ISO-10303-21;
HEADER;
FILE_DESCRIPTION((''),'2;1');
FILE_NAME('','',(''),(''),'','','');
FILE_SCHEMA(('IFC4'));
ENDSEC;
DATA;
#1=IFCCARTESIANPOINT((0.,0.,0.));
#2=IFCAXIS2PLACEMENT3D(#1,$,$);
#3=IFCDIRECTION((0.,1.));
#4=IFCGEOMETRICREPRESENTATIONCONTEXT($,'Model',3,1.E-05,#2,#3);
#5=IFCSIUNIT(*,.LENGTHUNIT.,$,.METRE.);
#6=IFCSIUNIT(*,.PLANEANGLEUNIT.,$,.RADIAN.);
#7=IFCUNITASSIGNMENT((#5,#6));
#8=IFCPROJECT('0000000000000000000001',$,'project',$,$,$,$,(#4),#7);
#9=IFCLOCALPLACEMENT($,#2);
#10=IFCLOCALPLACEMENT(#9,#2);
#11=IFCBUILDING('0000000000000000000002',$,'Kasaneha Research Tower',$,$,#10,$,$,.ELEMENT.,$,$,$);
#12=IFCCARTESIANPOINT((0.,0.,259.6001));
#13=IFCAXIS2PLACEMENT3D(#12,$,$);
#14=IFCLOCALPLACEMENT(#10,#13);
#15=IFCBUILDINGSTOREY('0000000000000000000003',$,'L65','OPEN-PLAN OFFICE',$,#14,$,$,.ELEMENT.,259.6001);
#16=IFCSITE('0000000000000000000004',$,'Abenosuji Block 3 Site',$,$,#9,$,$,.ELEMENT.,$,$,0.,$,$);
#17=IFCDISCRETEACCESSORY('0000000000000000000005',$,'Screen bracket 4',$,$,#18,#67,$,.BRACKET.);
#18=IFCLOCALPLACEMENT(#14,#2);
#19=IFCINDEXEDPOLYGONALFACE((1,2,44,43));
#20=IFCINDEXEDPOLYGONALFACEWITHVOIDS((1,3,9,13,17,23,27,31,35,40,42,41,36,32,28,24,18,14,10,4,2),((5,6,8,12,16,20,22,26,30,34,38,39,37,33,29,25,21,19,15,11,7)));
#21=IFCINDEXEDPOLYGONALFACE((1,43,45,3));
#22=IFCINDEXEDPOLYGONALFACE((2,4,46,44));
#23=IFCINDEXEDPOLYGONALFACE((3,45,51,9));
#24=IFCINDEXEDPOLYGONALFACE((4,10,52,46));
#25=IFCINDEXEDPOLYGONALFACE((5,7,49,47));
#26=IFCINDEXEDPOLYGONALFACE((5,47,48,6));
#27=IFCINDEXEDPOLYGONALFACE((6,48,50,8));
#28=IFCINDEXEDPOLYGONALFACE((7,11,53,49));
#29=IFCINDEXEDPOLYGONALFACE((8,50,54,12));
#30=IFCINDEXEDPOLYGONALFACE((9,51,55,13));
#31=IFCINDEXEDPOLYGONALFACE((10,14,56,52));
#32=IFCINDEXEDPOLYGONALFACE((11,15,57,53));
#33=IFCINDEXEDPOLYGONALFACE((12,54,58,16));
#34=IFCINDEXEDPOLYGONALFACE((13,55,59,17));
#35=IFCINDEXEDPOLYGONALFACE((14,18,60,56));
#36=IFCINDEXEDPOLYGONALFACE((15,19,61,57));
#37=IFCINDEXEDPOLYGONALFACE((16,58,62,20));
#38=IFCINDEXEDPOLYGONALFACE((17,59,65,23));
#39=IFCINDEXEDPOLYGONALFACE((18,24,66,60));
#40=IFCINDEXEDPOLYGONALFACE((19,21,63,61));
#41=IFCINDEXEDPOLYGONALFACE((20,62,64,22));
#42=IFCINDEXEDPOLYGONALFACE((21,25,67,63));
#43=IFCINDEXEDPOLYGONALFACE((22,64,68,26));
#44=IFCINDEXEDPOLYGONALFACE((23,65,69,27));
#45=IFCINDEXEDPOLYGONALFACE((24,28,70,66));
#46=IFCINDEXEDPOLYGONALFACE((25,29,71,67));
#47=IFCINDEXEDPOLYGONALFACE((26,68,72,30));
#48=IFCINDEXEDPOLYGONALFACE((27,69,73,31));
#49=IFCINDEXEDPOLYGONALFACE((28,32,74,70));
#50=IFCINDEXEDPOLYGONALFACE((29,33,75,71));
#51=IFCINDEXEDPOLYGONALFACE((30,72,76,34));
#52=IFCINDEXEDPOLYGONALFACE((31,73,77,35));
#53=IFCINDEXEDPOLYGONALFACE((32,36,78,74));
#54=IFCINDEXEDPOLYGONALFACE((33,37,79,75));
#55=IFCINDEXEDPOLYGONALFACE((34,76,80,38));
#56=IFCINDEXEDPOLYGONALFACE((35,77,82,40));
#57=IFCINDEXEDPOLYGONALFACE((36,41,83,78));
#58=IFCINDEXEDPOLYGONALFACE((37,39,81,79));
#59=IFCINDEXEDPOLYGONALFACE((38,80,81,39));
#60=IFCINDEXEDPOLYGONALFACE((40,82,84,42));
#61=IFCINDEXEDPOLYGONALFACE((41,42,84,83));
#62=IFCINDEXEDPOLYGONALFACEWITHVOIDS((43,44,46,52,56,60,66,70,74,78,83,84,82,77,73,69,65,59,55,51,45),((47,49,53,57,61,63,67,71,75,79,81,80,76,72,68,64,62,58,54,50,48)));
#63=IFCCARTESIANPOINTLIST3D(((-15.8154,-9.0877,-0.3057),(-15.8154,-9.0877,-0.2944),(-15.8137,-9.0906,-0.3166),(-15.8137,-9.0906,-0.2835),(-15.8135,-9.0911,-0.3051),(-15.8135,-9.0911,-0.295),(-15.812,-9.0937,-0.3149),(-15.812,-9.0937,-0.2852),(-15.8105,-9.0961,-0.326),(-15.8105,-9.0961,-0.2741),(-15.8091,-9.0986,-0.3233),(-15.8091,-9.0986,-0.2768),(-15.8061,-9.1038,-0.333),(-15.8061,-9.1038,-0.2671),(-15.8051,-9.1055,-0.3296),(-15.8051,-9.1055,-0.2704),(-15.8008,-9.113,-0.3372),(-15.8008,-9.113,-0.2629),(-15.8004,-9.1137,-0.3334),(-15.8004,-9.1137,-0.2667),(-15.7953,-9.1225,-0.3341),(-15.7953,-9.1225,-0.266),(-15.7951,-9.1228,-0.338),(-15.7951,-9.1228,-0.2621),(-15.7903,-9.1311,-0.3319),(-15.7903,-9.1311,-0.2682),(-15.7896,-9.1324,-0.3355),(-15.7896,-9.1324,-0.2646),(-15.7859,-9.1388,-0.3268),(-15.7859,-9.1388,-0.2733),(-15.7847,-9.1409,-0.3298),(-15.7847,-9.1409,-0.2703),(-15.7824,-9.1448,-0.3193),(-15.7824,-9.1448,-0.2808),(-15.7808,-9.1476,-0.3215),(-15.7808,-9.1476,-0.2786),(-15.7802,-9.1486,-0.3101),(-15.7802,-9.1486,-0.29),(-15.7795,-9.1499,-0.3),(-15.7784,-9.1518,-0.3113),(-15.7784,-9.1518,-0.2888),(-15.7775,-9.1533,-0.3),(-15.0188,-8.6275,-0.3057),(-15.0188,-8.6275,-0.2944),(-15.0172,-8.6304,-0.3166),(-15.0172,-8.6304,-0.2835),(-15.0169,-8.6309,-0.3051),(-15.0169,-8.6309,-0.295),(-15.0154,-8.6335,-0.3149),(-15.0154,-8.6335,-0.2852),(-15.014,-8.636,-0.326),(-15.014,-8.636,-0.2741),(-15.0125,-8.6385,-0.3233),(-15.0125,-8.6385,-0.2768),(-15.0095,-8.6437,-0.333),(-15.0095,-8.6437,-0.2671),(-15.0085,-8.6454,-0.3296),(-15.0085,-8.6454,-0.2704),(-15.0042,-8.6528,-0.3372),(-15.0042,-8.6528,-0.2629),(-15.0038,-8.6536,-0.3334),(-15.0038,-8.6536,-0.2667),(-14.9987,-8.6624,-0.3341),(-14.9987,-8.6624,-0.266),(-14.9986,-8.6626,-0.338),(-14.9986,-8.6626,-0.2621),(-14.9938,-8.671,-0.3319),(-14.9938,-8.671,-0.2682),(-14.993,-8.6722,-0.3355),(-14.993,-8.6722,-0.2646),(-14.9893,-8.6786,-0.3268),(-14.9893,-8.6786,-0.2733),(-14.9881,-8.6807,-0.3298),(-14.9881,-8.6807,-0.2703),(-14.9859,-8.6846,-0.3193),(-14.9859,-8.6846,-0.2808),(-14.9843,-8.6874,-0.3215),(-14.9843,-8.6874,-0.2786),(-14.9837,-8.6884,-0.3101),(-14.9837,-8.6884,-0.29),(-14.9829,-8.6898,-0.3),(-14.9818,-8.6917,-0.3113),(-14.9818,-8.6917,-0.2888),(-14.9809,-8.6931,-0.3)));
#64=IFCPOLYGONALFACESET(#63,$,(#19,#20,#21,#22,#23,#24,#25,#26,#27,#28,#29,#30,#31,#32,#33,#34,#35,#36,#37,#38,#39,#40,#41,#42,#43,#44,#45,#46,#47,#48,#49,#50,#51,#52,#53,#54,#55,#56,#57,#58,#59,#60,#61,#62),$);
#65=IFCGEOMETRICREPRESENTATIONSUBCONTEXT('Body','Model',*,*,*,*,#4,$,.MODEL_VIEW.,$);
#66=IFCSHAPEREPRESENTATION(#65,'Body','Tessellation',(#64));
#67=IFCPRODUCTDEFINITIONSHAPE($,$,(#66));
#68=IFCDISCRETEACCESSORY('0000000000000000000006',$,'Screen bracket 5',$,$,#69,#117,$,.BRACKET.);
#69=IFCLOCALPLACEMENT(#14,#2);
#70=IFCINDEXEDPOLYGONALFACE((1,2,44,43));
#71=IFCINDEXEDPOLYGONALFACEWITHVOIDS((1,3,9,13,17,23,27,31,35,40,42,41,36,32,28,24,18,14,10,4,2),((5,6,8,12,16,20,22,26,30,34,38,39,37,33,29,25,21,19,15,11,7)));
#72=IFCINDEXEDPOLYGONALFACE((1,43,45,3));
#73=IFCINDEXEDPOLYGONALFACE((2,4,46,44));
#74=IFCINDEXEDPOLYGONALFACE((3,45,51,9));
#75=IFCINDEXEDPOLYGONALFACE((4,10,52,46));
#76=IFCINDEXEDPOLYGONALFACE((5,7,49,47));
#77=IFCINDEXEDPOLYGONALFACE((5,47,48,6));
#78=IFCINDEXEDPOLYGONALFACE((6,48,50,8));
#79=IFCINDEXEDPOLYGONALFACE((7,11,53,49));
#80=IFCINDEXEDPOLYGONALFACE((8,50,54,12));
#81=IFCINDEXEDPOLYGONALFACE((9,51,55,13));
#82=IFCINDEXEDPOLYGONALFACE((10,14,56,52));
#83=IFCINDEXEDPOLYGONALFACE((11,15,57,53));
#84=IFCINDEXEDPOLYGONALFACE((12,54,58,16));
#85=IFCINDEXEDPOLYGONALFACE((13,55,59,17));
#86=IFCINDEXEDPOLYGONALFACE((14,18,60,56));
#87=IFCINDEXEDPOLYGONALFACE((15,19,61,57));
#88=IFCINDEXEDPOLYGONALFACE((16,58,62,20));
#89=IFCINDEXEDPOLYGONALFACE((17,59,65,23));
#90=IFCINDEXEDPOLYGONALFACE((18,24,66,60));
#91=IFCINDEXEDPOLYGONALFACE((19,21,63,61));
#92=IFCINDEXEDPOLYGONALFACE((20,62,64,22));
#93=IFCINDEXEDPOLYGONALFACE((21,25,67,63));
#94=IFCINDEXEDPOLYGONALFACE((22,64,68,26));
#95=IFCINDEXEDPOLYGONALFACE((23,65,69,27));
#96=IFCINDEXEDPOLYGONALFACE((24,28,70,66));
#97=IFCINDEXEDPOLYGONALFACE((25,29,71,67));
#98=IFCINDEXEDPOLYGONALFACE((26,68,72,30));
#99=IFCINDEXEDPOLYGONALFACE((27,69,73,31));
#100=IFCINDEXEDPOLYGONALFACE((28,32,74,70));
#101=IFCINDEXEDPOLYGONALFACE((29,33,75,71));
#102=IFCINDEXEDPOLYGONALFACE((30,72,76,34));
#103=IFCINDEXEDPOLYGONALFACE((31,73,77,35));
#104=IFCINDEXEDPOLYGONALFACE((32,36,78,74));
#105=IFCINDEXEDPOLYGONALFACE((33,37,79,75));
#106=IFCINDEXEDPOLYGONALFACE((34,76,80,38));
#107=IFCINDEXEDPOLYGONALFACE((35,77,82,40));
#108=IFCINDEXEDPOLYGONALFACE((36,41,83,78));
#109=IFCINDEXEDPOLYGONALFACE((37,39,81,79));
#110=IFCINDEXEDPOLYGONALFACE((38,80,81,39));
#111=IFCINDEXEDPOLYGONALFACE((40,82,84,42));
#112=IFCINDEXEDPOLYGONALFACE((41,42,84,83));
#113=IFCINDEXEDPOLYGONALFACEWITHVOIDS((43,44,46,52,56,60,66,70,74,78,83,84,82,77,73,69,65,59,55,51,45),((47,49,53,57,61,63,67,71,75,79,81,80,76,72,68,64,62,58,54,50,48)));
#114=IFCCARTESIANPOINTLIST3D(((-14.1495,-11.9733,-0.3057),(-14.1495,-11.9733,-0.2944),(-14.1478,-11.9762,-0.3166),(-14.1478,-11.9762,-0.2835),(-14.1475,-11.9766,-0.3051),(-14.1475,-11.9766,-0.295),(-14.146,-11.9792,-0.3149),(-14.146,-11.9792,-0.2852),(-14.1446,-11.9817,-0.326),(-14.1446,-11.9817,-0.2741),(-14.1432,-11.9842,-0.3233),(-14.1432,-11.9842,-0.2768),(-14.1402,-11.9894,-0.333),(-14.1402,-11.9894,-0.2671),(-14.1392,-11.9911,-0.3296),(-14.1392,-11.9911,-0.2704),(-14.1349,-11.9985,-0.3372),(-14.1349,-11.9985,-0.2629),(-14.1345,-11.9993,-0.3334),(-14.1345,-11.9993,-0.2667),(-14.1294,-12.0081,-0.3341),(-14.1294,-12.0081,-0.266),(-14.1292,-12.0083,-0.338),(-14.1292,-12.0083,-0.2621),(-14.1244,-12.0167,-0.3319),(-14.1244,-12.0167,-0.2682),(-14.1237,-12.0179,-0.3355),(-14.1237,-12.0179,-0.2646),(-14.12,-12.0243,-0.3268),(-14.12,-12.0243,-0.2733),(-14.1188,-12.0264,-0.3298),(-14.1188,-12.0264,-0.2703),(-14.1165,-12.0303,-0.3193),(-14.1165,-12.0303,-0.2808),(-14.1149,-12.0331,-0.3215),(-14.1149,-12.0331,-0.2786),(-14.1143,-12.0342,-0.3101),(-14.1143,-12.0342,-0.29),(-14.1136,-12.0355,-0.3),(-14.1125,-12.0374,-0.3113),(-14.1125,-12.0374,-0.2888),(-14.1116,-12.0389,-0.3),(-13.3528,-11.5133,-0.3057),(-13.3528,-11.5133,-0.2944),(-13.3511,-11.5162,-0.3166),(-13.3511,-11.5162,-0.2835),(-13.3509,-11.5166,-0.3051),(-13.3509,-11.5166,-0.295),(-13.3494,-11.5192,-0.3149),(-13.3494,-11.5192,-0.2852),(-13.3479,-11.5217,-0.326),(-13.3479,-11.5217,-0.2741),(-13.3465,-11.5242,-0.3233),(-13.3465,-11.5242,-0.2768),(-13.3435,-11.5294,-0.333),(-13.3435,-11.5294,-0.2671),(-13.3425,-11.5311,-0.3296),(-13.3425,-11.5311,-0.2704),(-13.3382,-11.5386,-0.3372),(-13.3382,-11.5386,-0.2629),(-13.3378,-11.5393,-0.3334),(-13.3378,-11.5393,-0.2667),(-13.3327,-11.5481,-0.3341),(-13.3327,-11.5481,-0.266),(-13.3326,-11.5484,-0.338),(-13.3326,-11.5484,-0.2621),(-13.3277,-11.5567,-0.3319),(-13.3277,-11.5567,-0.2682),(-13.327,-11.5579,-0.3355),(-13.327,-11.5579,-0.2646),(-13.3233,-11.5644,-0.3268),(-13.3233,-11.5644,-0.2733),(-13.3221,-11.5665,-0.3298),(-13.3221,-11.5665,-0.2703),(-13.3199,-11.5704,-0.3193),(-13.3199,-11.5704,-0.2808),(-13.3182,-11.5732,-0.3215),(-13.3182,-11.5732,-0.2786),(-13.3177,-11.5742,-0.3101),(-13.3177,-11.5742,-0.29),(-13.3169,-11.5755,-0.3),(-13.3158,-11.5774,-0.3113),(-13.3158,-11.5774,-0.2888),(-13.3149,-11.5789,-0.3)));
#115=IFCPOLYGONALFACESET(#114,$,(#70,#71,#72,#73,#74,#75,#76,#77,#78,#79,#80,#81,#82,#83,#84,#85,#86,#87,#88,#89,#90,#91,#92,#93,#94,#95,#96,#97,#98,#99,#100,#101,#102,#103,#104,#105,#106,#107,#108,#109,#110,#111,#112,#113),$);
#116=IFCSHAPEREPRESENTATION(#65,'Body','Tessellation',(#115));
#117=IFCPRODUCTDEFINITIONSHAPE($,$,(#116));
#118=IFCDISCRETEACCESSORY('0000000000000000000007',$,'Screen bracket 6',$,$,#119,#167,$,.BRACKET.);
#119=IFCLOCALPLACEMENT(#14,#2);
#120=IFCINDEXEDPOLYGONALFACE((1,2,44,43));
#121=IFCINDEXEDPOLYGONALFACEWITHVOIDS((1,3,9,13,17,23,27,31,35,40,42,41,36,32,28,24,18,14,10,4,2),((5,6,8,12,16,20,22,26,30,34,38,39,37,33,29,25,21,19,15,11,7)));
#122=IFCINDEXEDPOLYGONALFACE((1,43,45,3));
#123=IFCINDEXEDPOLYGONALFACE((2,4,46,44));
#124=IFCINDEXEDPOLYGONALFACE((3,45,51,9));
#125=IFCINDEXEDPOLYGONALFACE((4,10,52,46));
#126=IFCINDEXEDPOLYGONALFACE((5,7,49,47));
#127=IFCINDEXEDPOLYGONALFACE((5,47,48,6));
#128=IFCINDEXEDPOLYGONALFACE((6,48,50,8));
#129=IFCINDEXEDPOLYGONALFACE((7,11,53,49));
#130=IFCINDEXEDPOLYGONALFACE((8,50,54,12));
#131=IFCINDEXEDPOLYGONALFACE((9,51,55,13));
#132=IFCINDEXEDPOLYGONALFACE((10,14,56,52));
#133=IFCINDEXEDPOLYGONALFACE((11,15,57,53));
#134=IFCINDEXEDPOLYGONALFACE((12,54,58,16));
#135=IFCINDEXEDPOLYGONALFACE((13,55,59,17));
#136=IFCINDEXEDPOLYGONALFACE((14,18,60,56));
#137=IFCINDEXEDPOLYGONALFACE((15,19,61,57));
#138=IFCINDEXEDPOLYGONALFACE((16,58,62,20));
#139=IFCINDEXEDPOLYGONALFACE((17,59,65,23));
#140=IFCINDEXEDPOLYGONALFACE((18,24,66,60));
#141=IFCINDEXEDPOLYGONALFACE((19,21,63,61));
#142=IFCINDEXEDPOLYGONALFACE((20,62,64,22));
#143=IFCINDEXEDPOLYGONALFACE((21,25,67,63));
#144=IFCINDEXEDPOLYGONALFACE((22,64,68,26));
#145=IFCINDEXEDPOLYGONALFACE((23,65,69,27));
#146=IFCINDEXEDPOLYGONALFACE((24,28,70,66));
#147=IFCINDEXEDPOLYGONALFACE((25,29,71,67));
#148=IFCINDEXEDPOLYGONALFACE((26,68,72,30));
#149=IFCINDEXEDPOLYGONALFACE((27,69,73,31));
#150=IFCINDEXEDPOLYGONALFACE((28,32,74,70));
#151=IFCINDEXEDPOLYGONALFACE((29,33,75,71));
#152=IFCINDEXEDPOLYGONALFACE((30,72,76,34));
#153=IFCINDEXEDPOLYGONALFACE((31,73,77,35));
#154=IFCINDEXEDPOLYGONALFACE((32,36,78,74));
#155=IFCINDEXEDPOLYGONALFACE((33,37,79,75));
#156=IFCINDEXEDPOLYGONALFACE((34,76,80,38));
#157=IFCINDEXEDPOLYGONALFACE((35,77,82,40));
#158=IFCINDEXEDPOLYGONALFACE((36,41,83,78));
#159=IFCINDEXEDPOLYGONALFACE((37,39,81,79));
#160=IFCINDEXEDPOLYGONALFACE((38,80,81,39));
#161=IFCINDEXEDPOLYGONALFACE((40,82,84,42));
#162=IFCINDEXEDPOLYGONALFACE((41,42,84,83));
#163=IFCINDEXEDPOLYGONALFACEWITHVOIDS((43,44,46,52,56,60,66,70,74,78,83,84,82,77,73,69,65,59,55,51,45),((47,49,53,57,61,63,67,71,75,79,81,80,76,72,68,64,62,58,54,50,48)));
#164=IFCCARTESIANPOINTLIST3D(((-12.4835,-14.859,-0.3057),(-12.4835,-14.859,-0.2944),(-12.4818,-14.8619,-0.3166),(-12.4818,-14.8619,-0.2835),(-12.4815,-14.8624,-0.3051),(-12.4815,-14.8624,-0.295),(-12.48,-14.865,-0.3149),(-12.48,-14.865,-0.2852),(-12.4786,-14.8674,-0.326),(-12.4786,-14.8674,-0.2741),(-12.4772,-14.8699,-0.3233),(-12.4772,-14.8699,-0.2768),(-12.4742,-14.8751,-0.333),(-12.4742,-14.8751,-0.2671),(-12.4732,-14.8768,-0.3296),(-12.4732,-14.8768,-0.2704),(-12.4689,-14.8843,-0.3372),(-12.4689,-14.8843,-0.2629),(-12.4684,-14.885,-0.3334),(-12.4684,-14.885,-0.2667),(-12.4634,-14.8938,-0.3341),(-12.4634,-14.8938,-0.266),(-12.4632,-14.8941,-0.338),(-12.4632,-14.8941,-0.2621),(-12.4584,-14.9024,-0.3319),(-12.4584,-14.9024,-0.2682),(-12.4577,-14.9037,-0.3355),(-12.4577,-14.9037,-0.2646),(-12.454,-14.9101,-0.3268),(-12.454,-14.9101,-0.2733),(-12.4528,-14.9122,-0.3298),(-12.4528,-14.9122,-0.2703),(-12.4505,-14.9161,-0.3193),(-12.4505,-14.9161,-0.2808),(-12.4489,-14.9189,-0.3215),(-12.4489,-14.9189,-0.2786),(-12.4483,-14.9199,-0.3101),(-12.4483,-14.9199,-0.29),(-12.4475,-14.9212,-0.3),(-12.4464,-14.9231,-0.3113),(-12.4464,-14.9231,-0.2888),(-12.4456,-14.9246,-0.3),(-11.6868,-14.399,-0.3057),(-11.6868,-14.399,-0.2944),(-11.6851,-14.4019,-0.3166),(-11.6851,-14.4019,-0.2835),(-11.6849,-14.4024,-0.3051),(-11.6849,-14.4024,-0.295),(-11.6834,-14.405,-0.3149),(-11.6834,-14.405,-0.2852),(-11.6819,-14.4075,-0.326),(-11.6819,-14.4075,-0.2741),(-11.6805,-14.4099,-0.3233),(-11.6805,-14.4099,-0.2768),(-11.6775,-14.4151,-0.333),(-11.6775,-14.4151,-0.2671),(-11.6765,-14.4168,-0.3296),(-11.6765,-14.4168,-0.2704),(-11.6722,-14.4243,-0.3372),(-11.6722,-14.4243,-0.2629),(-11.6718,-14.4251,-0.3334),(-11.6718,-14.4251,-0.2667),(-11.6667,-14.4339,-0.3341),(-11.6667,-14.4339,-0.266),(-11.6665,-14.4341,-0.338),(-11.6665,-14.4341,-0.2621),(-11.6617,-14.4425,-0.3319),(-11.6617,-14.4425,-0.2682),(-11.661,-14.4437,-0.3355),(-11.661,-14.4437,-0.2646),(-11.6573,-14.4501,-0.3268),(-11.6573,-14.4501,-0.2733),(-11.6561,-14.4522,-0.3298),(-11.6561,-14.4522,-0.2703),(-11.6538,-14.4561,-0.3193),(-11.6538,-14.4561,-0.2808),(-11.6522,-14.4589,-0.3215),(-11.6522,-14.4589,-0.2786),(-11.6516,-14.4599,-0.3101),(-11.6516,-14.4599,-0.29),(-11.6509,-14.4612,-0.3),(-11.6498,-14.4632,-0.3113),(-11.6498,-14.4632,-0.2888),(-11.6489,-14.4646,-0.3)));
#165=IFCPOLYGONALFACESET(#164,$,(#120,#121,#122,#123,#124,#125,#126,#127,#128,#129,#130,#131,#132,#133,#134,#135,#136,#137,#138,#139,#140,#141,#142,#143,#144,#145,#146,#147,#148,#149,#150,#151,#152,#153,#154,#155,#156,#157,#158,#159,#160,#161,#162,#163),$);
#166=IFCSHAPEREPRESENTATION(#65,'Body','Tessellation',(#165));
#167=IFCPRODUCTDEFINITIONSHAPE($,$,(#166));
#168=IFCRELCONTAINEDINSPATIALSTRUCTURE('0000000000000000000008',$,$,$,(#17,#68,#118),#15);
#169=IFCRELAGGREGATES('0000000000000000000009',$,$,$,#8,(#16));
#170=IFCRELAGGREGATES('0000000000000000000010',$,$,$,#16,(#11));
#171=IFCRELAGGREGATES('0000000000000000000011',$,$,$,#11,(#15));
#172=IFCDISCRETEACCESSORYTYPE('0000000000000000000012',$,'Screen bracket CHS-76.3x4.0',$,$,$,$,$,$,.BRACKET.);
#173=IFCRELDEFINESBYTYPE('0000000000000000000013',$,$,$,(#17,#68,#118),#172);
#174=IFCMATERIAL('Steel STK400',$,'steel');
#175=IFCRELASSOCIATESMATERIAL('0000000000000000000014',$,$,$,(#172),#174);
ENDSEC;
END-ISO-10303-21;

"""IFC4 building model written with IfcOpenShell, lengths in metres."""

from ifc_helpers import new_model, si_unit, direction, frame, origin, origin_2d, place, context, subcontext, project, spatial, hollow_circle, extrude, material, material_profile, profile_set, type_object, element, save


model = new_model("IFC4")

# Units and contexts
model_context = context("Model", 3, precision=1e-05, world=origin(), true_north=direction((0.0, 1.0)))
body_context = subcontext(model_context, "Body", "Model", "MODEL_VIEW")
ifc_project = project(units=[si_unit("LENGTHUNIT", "METRE"), si_unit("PLANEANGLEUNIT", "RADIAN")], contexts=[model_context])

# Site, building, storey
site_placement = place(None, origin())
site = spatial("IfcSite", under=ifc_project, at=site_placement, Name="Abenosuji Block 3 Site", CompositionType="ELEMENT", RefElevation=0.0)
building_placement = place(site_placement, origin())
building = spatial("IfcBuilding", under=site, at=building_placement, Name="Kasaneha Research Tower", CompositionType="ELEMENT")
storey_placement = place(building_placement, frame((0.0, 0.0, 259.6001)))
storey = spatial("IfcBuildingStorey", under=building, at=storey_placement, Name="L65", Description="OPEN-PLAN OFFICE", CompositionType="ELEMENT", Elevation=259.6001)

# Discrete accessories
ifc_material_1 = material(Name="Steel STK400", Category="steel")
ifc_material_profile_1 = material_profile(ifc_material_1, hollow_circle(Radius=0.0381, WallThickness=0.0039, at=origin_2d()), Name="CHS-76.3x4.0")
ifc_profile_set_1 = profile_set([ifc_material_profile_1], Name="Steel STK400")
discrete_accessory_type = type_object("IfcDiscreteAccessoryType", Name="Screen bracket CHS-76.3x4.0", PredefinedType="BRACKET", material=ifc_profile_set_1)
for number, where, z_axis, x_axis, name in (
    (1, (-15.0, -8.6602, -0.3), (-0.865898, -0.50022, 0.0), (0.50022, -0.865898, 0.0), "Screen bracket 4"),
    (2, (-13.334, -11.5459, -0.3), (-0.866013, -0.500021, 0.0), (0.500021, -0.866013, 0.0), "Screen bracket 5"),
    (3, (-11.668, -14.4316, -0.3), (-0.866013, -0.500021, 0.0), (0.500021, -0.866013, 0.0), "Screen bracket 6"),
):
    element("IfcDiscreteAccessory", number, at=place(storey_placement, frame(where, z_axis=z_axis, x_axis=x_axis)), inside=storey, type_object=discrete_accessory_type, Name=name, PredefinedType="BRACKET", context=body_context, shape_type="SweptSolid", body=[
        extrude(hollow_circle(Radius=0.0381, WallThickness=0.0039, at=origin_2d()), origin(), (0.0, 0.0, 1.0), 0.9199),
    ])

save(model, "model.ifc")
